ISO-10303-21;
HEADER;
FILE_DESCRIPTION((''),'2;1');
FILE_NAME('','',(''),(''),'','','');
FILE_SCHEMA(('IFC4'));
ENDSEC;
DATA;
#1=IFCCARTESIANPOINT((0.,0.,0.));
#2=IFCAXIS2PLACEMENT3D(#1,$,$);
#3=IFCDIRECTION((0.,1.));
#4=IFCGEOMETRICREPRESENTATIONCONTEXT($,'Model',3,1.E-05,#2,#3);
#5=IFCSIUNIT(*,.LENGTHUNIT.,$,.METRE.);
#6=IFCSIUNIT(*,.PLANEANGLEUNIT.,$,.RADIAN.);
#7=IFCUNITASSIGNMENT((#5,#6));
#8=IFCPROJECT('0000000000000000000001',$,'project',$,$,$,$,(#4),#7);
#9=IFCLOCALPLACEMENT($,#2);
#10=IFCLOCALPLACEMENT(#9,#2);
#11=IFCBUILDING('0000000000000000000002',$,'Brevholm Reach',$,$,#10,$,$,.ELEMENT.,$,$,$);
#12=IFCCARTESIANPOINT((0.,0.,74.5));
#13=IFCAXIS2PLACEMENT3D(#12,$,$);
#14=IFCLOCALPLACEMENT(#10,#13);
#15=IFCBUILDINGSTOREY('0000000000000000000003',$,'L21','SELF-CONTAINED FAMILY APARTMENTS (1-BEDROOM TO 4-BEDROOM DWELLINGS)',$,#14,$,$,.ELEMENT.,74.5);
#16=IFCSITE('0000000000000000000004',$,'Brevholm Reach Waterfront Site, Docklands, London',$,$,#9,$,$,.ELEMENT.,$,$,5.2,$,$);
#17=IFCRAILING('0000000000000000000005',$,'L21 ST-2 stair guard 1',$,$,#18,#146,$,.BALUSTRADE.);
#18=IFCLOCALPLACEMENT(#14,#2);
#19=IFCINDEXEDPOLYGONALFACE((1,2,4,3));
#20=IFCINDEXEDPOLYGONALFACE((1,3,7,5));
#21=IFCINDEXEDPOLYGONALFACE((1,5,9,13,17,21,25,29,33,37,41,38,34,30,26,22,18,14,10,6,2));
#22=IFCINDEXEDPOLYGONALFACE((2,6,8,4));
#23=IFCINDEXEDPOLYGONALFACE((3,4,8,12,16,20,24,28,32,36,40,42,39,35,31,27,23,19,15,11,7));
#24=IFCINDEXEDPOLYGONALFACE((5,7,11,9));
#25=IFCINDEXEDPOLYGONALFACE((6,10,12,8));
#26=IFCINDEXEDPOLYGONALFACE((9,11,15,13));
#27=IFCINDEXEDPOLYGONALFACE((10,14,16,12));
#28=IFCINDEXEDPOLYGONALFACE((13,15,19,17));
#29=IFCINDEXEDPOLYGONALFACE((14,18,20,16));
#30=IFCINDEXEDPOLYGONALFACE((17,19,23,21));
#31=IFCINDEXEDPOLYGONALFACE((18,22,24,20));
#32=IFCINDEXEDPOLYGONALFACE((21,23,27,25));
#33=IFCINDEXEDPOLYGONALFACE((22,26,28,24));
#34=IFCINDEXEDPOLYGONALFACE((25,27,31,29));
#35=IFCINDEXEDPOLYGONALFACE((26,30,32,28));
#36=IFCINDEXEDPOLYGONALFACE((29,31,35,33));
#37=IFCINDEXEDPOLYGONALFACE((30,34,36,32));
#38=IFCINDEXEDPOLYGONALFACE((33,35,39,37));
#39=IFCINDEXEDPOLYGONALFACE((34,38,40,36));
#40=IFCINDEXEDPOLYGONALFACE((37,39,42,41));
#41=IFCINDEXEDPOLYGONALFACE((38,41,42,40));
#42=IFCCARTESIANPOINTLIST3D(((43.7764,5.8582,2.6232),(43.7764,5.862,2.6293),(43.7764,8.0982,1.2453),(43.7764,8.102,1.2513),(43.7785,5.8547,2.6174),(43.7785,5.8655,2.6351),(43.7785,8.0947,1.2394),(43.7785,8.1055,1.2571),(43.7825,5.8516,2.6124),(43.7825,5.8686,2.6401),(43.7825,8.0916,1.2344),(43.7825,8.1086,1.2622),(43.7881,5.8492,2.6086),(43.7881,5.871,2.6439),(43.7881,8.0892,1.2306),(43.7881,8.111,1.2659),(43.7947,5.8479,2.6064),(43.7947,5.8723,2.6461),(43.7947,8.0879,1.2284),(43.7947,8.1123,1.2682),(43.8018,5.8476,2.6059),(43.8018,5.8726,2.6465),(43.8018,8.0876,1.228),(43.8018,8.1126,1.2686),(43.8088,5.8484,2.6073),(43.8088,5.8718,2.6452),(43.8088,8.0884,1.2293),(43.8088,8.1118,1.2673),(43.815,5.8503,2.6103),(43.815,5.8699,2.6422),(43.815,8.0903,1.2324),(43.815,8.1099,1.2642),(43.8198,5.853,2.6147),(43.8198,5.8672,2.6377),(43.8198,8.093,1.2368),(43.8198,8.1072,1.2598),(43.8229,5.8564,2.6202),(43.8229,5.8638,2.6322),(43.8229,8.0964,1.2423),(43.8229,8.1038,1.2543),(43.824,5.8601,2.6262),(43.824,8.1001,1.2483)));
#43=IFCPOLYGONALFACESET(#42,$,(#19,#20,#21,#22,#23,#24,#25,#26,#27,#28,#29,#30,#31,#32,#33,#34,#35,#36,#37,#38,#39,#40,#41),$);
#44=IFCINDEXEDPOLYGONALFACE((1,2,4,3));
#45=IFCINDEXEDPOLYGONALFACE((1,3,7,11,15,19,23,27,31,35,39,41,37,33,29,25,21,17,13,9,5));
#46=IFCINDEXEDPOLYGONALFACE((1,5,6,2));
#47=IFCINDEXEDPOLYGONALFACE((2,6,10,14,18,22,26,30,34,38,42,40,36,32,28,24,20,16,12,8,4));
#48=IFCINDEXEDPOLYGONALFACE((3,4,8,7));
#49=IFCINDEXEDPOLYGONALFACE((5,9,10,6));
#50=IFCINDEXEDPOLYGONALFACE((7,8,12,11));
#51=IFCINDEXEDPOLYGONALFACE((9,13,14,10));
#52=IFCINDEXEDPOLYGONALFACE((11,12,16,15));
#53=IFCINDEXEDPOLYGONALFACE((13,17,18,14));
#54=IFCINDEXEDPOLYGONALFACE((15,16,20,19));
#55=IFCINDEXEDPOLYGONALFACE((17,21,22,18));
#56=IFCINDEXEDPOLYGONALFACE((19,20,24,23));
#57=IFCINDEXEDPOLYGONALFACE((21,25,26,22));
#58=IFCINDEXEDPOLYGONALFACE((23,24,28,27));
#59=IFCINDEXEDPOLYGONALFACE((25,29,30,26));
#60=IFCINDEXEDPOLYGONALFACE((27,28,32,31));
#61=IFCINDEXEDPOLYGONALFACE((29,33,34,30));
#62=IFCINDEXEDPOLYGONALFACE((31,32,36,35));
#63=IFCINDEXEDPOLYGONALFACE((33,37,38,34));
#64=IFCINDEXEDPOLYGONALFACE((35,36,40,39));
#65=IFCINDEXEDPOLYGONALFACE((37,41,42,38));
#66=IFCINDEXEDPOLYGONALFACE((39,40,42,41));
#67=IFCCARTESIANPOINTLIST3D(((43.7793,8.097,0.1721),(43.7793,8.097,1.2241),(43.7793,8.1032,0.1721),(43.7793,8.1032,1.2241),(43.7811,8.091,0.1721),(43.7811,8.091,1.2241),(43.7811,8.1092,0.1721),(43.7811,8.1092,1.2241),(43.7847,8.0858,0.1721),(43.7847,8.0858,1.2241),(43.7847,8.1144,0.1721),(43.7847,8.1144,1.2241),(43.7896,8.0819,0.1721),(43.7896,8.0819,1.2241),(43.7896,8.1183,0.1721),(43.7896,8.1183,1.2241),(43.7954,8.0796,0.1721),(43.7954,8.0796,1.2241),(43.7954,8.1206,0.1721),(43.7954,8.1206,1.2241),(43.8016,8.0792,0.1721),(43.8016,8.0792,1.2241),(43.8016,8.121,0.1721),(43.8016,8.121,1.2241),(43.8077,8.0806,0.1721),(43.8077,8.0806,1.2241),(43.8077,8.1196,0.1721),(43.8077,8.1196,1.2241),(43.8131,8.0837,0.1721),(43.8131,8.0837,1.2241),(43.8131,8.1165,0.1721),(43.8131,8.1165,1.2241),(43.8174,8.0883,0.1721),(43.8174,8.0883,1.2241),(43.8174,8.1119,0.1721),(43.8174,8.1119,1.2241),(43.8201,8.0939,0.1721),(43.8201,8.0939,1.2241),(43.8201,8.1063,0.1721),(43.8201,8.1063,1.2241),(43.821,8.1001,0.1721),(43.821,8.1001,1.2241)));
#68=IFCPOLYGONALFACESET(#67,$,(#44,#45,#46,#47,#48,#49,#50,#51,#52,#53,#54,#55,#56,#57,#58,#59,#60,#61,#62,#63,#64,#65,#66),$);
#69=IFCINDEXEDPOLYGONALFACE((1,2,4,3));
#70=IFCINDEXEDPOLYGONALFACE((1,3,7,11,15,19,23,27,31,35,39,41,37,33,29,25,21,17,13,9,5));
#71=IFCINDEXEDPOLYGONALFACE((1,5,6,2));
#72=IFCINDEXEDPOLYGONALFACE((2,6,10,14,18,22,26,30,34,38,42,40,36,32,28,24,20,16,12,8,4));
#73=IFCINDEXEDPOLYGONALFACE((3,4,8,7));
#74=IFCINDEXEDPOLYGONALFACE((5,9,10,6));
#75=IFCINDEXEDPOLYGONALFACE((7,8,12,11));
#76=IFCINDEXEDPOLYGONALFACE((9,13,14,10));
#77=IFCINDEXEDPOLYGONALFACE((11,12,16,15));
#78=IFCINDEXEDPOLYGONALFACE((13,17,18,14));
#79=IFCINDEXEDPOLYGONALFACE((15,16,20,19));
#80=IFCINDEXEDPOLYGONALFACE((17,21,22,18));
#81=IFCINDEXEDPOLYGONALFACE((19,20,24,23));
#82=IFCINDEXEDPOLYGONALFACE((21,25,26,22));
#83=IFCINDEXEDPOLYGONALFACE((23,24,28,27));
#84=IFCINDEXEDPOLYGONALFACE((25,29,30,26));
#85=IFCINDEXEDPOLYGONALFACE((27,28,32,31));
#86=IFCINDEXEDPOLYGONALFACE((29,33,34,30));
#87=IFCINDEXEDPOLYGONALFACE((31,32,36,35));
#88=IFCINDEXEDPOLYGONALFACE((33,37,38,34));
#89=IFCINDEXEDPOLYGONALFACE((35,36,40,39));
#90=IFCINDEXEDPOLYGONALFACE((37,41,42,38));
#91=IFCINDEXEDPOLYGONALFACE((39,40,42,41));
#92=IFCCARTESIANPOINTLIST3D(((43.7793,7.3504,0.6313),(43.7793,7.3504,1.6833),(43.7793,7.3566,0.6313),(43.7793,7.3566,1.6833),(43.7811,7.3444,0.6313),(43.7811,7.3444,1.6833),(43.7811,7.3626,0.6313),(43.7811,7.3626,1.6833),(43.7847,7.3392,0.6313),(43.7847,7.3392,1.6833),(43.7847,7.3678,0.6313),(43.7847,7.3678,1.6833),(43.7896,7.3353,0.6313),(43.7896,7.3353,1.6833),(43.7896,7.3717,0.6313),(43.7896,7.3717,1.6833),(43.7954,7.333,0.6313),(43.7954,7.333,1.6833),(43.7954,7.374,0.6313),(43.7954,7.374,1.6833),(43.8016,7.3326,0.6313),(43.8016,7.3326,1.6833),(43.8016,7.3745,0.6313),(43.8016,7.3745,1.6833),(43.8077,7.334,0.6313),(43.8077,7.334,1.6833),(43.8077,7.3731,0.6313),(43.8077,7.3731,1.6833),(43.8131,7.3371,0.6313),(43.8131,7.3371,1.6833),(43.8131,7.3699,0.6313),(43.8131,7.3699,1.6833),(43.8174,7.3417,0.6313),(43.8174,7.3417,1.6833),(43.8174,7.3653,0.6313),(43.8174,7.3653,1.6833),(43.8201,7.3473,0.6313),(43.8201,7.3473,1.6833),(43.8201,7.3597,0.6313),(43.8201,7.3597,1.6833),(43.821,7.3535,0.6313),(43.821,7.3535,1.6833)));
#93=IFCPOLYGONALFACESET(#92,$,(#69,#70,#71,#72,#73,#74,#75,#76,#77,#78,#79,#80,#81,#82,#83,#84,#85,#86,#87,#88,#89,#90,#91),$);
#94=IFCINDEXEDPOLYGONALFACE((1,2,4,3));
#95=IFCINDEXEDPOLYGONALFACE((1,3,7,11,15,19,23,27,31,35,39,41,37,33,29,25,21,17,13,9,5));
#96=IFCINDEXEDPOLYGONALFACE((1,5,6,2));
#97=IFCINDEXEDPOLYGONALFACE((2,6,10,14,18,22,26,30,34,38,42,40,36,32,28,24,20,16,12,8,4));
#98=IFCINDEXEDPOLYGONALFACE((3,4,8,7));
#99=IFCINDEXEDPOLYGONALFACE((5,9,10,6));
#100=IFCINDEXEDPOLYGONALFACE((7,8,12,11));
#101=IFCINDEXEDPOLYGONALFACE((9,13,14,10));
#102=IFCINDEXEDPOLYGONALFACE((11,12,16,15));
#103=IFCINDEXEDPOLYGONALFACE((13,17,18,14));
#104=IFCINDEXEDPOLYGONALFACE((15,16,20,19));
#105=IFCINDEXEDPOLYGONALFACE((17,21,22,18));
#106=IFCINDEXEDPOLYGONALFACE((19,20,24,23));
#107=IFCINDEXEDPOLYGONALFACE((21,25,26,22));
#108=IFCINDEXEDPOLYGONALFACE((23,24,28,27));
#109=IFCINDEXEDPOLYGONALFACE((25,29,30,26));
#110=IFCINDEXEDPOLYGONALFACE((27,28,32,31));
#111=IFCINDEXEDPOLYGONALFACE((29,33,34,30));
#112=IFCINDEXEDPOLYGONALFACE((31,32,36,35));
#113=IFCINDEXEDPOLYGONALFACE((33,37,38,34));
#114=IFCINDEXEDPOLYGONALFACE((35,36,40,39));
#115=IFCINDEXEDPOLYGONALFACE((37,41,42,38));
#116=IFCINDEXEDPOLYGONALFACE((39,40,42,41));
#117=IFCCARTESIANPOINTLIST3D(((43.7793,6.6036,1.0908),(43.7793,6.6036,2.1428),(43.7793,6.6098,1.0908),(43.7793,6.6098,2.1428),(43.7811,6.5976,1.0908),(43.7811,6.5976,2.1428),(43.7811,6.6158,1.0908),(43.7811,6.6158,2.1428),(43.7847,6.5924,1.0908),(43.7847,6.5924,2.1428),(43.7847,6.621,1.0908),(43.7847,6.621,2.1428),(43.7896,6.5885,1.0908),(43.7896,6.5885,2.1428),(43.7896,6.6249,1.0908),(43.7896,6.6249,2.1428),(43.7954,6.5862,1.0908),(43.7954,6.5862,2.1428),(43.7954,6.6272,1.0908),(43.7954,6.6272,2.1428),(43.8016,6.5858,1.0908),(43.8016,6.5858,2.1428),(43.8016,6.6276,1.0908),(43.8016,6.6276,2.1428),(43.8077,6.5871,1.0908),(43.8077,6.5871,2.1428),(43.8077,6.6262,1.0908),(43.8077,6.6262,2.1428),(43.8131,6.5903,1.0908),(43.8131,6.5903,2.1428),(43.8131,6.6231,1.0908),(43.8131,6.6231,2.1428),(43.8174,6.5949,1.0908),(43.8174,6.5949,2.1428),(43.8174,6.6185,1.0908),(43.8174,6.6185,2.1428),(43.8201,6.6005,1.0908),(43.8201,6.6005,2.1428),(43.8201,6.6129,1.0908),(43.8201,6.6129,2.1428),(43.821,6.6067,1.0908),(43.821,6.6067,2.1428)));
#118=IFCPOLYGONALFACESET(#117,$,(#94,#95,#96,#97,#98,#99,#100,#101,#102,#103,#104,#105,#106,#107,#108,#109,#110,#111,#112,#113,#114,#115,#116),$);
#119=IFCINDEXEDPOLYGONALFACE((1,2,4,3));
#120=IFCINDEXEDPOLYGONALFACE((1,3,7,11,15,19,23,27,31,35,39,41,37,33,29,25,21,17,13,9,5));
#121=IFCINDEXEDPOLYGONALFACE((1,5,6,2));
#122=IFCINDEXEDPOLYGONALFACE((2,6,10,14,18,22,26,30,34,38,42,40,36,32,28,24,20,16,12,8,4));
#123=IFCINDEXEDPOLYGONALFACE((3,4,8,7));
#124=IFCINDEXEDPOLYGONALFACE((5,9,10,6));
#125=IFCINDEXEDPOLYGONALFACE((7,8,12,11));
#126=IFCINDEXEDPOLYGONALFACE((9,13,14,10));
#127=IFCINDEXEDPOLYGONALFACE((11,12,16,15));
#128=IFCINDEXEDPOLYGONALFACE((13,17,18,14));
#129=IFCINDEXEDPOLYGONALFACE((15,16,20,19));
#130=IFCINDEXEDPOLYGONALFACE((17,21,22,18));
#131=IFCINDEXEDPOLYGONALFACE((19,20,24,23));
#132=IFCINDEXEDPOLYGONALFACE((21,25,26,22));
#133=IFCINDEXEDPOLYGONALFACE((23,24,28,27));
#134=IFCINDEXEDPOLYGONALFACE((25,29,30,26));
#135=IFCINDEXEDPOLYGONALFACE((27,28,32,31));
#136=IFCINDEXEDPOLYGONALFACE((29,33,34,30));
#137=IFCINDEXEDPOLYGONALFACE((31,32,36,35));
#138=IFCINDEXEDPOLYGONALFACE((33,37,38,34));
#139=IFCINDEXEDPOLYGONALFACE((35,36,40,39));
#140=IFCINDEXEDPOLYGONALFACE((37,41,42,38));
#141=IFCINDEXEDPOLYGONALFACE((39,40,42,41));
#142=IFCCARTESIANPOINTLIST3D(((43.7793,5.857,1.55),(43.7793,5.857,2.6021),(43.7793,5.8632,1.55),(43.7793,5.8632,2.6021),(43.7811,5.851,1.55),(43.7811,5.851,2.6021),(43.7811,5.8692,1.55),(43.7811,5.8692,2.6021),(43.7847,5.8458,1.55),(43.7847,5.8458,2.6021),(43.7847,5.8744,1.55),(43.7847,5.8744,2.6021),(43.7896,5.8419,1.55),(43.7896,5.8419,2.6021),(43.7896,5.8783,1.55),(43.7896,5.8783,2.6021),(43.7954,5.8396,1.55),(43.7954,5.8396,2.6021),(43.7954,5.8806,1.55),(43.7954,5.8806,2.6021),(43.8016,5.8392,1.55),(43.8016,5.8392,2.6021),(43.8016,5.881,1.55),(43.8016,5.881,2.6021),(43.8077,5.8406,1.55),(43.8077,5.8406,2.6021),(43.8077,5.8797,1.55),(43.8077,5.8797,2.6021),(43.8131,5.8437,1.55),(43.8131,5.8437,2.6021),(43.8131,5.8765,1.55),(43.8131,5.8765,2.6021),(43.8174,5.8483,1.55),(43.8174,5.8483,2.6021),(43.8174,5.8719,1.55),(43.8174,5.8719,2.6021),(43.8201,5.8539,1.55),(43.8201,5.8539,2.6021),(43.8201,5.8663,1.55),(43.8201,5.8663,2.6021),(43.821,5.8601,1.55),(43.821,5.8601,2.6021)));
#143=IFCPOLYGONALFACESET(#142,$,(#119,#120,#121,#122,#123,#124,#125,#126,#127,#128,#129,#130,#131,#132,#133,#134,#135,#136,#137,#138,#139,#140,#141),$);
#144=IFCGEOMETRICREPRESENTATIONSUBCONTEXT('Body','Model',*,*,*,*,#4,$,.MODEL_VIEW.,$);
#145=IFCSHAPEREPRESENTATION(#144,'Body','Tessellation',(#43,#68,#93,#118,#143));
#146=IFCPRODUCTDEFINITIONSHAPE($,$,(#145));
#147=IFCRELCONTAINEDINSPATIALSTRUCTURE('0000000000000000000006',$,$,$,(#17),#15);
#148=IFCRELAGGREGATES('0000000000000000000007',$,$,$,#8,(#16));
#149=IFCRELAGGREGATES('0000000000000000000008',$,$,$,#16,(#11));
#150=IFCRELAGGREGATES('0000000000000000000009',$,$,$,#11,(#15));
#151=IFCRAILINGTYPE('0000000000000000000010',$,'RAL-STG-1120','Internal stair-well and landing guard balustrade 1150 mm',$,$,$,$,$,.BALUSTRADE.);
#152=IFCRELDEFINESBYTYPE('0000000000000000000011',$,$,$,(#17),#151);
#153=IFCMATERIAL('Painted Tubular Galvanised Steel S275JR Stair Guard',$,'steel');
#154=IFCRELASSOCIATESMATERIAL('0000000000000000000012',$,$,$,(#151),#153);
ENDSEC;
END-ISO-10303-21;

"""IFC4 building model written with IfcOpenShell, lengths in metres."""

from ifc_helpers import new_model, si_unit, direction, frame, origin, origin_2d, place, context, subcontext, project, spatial, circle, extrude, material, type_object, element, save


model = new_model("IFC4")

# Units and contexts
model_context = context("Model", 3, precision=1e-05, world=origin(), true_north=direction((0.0, 1.0)))
body_context = subcontext(model_context, "Body", "Model", "MODEL_VIEW")
ifc_project = project(units=[si_unit("LENGTHUNIT", "METRE"), si_unit("PLANEANGLEUNIT", "RADIAN")], contexts=[model_context])

# Site, building, storey
site_placement = place(None, origin())
site = spatial("IfcSite", under=ifc_project, at=site_placement, Name="Brevholm Reach Waterfront Site, Docklands, London", CompositionType="ELEMENT", RefElevation=5.2)
building_placement = place(site_placement, origin())
building = spatial("IfcBuilding", under=site, at=building_placement, Name="Brevholm Reach", CompositionType="ELEMENT")
storey_placement = place(building_placement, frame((0.0, 0.0, 74.5)))
storey = spatial("IfcBuildingStorey", under=building, at=storey_placement, Name="L21", Description="SELF-CONTAINED FAMILY APARTMENTS (1-BEDROOM TO 4-BEDROOM DWELLINGS)", CompositionType="ELEMENT", Elevation=74.5)

# Railing
ifc_material_1 = material(Name="Painted Tubular Galvanised Steel S275JR Stair Guard", Category="steel")
railing_type_1 = type_object("IfcRailingType", Name="RAL-STG-1120", Description="Internal stair-well and landing guard balustrade 1150 mm", PredefinedType="BALUSTRADE", material=ifc_material_1)
railing_1_placement = place(storey_placement, frame((43.8, 8.1001, 0.1721)))
element("IfcRailing", 1, at=railing_1_placement, inside=storey, type_object=railing_type_1, Name="L21 ST-2 stair guard 1", PredefinedType="BALUSTRADE", context=body_context, shape_type="SweptSolid", body=[
    extrude(circle(Radius=0.0239, at=origin_2d()), frame((0.0, 0.0, 1.0762), z_axis=(0.0, -0.851748, 0.523952), x_axis=(1.0, 0.0, 0.0)), (0.0, 0.0, 1.0), 2.6299),
    extrude(circle(Radius=0.021, at=origin_2d()), origin(), (0.0, 0.0, 1.0), 1.052),
    extrude(circle(Radius=0.021, at=origin_2d()), frame((0.0, -0.7466, 0.4592)), (0.0, 0.0, 1.0), 1.052),
    extrude(circle(Radius=0.021, at=origin_2d()), frame((0.0, -1.4934, 0.9187)), (0.0, 0.0, 1.0), 1.052),
    extrude(circle(Radius=0.021, at=origin_2d()), frame((0.0, -2.24, 1.3779)), (0.0, 0.0, 1.0), 1.052),
])

save(model, "model.ifc")
